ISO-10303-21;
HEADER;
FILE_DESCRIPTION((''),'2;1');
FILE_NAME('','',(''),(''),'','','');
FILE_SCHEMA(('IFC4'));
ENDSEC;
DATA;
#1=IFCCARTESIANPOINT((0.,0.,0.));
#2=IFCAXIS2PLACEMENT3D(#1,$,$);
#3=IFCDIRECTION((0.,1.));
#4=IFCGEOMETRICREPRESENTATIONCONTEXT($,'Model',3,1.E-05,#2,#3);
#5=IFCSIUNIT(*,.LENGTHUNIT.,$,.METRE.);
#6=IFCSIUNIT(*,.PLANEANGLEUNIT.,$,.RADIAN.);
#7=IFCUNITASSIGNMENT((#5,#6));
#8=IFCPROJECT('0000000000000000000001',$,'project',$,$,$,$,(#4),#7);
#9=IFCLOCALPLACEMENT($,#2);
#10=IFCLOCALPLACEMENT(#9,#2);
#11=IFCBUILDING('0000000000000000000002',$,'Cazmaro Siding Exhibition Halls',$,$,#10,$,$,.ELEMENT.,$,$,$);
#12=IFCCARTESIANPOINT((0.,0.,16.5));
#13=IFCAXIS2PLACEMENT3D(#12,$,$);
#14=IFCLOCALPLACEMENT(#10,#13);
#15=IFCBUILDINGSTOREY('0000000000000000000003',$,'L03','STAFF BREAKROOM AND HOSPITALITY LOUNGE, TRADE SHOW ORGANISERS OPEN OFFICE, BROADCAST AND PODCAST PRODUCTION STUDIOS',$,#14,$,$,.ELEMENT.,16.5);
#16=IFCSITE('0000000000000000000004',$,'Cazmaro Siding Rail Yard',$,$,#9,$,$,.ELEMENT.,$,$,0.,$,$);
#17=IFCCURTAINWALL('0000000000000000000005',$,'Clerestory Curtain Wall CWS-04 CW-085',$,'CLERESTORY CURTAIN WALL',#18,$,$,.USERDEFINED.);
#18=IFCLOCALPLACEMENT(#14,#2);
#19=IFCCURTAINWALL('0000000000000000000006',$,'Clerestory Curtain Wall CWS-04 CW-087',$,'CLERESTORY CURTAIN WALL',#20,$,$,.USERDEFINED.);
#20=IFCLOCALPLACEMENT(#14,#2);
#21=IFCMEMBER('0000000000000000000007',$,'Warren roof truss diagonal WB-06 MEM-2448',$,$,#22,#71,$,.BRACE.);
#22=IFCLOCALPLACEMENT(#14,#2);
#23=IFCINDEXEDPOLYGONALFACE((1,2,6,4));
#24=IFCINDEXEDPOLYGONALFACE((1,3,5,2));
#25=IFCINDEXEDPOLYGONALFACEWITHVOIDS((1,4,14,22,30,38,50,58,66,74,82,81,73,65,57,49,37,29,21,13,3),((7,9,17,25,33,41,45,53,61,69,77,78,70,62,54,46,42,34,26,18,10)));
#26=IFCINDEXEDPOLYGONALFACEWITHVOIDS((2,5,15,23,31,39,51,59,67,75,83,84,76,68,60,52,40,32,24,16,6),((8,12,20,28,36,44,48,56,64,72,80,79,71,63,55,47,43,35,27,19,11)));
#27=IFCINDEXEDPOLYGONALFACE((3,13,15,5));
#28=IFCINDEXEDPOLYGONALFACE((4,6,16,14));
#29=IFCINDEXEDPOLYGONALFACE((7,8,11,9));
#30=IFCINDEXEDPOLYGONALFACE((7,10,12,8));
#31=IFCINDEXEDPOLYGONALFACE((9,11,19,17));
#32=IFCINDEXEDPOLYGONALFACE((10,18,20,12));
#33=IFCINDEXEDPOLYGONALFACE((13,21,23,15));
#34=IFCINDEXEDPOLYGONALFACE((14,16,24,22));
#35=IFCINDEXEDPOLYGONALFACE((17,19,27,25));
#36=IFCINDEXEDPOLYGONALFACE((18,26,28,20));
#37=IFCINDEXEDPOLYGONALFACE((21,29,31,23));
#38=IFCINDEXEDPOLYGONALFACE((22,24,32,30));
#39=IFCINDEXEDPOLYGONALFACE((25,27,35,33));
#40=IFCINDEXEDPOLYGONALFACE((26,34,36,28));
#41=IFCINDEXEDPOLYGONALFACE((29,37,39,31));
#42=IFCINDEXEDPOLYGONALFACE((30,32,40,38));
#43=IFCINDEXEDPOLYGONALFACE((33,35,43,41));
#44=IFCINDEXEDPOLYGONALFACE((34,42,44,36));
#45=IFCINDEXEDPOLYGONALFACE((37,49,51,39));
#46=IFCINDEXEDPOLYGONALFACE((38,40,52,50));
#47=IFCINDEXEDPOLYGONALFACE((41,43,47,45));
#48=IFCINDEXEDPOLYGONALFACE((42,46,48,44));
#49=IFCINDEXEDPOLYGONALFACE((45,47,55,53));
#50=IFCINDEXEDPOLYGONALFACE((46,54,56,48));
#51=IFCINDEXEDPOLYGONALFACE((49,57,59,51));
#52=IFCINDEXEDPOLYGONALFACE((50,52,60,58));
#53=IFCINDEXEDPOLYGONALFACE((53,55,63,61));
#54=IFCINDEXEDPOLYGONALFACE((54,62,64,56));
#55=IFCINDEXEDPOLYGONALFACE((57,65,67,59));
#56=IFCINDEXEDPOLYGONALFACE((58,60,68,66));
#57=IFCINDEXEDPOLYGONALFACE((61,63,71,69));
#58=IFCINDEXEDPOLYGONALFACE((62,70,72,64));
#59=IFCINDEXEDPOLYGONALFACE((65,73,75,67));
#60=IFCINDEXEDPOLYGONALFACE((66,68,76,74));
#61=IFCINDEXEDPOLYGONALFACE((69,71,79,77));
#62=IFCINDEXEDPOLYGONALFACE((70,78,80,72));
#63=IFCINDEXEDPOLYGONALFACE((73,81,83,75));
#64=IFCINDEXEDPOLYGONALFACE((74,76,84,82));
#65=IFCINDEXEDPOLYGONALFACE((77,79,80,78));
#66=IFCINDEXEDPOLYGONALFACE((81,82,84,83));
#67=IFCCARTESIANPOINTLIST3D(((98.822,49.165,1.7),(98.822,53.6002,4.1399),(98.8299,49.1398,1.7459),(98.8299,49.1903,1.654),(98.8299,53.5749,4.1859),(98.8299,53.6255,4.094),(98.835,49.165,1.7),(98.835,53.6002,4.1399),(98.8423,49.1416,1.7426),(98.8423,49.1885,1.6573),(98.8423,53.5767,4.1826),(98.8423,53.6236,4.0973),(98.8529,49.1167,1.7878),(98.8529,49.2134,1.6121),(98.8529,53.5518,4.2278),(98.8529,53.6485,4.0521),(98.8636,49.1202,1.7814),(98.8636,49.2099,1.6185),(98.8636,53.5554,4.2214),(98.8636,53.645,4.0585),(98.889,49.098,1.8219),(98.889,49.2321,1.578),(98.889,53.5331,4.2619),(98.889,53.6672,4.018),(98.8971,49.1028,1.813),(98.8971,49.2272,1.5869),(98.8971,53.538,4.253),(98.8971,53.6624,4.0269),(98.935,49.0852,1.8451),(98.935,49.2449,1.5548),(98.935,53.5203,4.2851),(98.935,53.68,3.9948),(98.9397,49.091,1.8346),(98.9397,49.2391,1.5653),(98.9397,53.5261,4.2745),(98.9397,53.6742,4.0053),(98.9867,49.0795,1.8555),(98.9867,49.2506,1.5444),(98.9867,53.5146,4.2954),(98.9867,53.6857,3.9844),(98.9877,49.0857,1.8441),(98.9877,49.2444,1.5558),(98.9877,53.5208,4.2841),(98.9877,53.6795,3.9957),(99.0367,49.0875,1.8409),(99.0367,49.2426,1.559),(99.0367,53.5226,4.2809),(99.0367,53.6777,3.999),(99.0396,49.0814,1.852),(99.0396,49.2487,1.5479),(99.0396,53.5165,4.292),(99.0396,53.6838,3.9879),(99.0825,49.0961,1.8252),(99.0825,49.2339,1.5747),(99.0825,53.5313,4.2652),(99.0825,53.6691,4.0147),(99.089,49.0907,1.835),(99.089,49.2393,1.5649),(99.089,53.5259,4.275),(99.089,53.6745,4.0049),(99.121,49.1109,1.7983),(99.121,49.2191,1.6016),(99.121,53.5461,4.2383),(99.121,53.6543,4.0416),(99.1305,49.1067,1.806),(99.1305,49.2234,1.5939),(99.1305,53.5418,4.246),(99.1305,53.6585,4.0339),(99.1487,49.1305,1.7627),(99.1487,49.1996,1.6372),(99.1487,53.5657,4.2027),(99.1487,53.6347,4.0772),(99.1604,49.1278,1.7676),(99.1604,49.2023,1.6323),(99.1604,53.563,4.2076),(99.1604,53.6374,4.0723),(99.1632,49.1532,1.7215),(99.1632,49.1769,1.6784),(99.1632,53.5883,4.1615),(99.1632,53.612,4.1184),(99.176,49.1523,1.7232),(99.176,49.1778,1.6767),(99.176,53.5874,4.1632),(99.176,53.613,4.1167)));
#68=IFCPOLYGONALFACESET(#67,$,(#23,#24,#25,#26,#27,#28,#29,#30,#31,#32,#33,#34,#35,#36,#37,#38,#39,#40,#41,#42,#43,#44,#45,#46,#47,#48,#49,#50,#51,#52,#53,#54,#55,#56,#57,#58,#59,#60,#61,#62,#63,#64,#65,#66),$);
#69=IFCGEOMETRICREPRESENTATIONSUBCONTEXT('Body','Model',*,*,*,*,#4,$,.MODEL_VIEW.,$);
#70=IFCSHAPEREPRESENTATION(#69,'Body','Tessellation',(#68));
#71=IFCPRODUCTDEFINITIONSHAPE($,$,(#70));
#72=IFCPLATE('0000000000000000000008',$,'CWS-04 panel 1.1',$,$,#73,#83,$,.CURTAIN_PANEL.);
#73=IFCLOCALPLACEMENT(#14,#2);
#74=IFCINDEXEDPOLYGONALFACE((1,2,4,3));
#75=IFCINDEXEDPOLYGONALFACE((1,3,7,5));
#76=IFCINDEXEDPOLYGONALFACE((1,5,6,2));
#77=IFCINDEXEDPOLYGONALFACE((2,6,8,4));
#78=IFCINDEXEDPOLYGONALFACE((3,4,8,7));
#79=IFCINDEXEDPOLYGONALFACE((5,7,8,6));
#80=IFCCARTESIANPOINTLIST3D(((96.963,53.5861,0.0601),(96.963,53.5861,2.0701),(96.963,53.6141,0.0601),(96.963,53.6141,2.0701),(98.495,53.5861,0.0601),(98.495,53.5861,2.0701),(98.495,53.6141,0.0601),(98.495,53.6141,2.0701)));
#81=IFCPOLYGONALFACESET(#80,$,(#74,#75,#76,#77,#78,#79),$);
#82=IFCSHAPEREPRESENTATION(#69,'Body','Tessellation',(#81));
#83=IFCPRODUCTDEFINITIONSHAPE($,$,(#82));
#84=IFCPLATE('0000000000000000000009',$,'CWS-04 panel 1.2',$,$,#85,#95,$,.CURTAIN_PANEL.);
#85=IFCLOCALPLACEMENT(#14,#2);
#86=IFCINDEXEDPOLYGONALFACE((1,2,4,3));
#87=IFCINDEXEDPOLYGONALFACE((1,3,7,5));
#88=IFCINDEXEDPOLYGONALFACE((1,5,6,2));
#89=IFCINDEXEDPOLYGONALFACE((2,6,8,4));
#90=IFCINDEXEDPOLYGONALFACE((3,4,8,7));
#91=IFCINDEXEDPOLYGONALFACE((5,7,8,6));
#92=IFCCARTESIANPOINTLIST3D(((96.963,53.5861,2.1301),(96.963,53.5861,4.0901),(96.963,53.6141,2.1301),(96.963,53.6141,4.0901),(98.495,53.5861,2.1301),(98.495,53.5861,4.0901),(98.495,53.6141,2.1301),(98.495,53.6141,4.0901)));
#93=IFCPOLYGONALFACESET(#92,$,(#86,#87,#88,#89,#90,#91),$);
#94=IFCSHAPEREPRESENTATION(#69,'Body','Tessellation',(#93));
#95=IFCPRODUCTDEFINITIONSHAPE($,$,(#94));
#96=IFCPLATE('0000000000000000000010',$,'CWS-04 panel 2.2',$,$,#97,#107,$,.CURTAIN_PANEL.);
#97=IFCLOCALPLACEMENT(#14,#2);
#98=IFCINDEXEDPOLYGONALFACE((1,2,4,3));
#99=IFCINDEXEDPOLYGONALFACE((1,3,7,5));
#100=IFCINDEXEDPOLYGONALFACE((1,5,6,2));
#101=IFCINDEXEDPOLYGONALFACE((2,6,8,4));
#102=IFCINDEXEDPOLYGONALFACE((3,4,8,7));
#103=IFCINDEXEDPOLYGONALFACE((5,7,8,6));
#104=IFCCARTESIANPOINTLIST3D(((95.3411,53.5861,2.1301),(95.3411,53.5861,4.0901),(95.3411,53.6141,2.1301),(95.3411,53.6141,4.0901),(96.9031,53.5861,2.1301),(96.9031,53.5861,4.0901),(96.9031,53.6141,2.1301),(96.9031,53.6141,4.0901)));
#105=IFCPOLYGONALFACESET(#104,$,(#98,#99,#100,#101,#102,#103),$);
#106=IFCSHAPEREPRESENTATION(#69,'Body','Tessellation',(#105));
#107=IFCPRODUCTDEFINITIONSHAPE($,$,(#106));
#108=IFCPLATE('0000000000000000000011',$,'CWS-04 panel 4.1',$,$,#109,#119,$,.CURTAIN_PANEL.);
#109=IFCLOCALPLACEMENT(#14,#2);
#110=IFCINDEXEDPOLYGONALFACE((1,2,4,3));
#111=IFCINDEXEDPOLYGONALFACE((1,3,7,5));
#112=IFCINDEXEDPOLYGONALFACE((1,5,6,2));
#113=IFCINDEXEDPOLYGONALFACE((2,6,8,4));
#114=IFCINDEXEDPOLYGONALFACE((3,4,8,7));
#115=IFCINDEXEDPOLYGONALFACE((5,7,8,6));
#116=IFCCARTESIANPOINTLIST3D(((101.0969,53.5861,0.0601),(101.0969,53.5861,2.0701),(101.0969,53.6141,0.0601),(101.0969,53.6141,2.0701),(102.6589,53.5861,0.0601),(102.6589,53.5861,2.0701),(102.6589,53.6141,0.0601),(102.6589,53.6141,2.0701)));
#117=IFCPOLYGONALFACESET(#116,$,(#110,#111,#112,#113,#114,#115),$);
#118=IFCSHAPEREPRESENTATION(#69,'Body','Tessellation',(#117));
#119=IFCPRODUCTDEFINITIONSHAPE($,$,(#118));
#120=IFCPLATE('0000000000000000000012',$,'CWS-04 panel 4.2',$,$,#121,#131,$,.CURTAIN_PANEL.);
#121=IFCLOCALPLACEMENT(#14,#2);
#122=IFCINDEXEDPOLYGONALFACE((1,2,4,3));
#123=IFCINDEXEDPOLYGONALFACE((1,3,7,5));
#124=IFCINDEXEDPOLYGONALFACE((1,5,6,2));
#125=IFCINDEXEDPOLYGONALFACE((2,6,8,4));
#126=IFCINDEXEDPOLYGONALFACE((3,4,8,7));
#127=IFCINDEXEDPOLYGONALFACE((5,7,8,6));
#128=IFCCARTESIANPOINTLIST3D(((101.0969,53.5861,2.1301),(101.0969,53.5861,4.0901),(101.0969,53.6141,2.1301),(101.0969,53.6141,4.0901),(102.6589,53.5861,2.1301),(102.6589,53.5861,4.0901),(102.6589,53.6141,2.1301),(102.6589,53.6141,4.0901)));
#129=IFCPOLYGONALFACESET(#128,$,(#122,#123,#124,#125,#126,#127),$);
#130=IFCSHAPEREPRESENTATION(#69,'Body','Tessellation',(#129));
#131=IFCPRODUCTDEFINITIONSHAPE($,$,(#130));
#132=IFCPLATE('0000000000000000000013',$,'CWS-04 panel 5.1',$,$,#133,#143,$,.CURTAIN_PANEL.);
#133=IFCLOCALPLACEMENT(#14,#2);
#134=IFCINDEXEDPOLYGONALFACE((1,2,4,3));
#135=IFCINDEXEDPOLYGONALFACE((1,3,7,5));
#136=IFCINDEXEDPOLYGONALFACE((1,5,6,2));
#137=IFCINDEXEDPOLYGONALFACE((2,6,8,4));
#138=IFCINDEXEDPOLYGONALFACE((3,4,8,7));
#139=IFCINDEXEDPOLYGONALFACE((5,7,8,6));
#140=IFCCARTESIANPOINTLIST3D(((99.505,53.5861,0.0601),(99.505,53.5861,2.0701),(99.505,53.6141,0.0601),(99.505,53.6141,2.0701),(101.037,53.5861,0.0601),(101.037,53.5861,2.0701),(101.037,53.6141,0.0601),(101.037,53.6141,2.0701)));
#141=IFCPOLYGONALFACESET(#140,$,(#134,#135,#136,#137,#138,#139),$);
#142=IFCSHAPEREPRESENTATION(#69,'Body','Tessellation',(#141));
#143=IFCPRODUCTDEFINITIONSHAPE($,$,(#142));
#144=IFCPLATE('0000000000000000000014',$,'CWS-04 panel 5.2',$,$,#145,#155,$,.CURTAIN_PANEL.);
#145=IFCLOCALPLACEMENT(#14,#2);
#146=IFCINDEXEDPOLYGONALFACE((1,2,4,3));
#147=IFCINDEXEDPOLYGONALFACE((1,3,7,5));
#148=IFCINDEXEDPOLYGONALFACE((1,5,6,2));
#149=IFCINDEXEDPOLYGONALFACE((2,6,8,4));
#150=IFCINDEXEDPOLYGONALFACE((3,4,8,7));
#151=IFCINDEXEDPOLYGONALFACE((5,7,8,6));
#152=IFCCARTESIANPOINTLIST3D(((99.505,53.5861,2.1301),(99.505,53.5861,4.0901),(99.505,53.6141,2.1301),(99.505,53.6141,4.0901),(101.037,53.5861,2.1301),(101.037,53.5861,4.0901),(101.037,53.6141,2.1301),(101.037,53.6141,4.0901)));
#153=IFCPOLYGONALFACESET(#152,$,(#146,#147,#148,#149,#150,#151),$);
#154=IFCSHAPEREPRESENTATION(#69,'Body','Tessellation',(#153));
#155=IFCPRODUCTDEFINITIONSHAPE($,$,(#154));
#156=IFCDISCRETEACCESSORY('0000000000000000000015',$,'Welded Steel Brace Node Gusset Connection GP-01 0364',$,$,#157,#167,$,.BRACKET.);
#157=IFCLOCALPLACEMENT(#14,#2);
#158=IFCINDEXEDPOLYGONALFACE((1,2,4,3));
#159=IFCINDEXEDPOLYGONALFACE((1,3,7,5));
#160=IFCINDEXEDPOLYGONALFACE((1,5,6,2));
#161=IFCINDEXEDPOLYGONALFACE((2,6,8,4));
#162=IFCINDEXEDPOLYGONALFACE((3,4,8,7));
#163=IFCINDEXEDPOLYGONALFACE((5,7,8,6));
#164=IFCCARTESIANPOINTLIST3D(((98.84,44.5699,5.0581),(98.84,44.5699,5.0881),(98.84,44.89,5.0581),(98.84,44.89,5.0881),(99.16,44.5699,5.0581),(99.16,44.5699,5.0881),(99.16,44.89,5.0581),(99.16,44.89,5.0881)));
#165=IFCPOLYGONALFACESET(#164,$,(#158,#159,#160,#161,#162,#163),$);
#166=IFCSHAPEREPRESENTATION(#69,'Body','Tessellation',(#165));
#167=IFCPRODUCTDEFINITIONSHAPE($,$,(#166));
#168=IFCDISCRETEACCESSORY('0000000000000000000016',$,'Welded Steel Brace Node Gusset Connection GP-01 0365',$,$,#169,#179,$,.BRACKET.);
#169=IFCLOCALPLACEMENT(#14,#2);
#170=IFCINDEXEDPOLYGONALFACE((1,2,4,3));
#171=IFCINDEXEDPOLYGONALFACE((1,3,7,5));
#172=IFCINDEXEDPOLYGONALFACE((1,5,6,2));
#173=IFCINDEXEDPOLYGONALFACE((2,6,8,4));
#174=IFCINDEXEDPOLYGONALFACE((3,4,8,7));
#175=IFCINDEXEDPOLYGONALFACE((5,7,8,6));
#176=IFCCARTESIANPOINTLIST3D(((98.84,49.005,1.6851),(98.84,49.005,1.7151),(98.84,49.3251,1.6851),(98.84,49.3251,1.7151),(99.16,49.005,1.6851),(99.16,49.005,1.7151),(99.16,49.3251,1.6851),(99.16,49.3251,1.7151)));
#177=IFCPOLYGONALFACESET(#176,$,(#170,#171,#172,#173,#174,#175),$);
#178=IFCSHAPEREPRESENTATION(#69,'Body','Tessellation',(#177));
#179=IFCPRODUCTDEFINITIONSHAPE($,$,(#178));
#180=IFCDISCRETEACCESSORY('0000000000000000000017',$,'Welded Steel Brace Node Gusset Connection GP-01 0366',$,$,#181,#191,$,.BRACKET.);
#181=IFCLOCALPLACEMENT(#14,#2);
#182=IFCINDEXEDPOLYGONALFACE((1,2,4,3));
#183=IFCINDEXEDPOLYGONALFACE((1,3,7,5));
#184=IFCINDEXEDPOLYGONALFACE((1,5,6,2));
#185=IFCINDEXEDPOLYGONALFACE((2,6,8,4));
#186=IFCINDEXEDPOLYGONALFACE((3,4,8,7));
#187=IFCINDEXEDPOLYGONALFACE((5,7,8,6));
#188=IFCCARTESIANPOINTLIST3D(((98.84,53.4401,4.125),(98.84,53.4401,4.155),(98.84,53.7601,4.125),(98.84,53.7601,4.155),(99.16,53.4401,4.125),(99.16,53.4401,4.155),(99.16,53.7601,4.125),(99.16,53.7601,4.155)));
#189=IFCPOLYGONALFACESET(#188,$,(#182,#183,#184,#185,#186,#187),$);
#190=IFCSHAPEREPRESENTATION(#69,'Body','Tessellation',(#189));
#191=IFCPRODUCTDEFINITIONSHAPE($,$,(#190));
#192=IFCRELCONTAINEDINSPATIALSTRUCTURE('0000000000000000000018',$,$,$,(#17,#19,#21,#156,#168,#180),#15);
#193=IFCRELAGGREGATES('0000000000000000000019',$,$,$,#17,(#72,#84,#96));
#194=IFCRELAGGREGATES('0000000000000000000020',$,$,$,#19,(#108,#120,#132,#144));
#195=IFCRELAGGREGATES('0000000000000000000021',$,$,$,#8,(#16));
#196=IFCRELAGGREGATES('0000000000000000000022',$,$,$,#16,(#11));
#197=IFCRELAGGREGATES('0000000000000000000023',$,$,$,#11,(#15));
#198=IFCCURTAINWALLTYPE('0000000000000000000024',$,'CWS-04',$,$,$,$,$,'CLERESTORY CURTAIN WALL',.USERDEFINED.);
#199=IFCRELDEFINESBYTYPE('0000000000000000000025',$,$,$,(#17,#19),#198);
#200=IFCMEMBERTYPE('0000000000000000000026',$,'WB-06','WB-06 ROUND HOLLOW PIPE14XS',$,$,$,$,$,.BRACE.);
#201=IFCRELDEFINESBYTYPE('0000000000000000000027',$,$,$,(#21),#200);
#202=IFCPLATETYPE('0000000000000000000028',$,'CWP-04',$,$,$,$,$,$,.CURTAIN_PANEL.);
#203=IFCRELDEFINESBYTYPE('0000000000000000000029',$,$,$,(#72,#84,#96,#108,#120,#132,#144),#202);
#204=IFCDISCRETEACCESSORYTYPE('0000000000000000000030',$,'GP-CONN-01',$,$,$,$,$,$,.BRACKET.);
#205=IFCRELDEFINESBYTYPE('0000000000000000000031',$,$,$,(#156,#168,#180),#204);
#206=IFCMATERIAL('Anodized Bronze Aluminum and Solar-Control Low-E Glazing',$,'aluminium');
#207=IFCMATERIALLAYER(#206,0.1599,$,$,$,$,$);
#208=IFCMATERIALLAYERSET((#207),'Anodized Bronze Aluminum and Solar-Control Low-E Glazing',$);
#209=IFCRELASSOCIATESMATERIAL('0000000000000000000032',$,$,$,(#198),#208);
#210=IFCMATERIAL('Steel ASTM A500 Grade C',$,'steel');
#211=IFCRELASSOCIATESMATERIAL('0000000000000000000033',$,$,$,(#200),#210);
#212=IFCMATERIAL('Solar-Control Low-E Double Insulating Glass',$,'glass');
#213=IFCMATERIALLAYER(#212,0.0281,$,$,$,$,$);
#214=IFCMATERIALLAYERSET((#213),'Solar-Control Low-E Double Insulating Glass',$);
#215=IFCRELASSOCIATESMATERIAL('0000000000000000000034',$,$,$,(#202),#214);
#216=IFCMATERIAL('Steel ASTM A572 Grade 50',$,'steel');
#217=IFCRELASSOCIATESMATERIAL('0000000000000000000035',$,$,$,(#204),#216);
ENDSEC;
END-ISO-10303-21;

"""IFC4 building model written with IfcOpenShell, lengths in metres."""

from ifc_helpers import new_model, si_unit, direction, frame, origin, origin_2d, place, context, subcontext, project, spatial, rectangle, hollow_circle, extrude, material, layer, layer_set, material_profile, profile_set, type_object, element, aggregate, save


model = new_model("IFC4")

# Units and contexts
model_context = context("Model", 3, precision=1e-05, world=origin(), true_north=direction((0.0, 1.0)))
body_context = subcontext(model_context, "Body", "Model", "MODEL_VIEW")
ifc_project = project(units=[si_unit("LENGTHUNIT", "METRE"), si_unit("PLANEANGLEUNIT", "RADIAN")], contexts=[model_context])

# Site, building, storey
site_placement = place(None, origin())
site = spatial("IfcSite", under=ifc_project, at=site_placement, Name="Cazmaro Siding Rail Yard", CompositionType="ELEMENT", RefElevation=0.0)
building_placement = place(site_placement, origin())
building = spatial("IfcBuilding", under=site, at=building_placement, Name="Cazmaro Siding Exhibition Halls", CompositionType="ELEMENT")
storey_placement = place(building_placement, frame((0.0, 0.0, 16.5)))
storey = spatial("IfcBuildingStorey", under=building, at=storey_placement, Name="L03", Description="STAFF BREAKROOM AND HOSPITALITY LOUNGE, TRADE SHOW ORGANISERS OPEN OFFICE, BROADCAST AND PODCAST PRODUCTION STUDIOS", CompositionType="ELEMENT", Elevation=16.5)

# Curtain walls
ifc_material_1 = material(Name="Anodized Bronze Aluminum and Solar-Control Low-E Glazing", Category="aluminium")
ifc_layer_1 = layer(ifc_material_1, 0.1599)
ifc_layer_set_1 = layer_set([ifc_layer_1], Name="Anodized Bronze Aluminum and Solar-Control Low-E Glazing")
curtain_wall_type = type_object("IfcCurtainWallType", Name="CWS-04", ElementType="CLERESTORY CURTAIN WALL", PredefinedType="USERDEFINED", material=ifc_layer_set_1)
curtain_wall_1_placement = place(storey_placement, origin())
curtain_wall_1 = element("IfcCurtainWall", 1, at=curtain_wall_1_placement, inside=storey, type_object=curtain_wall_type, Name="Clerestory Curtain Wall CWS-04 CW-085", ObjectType="CLERESTORY CURTAIN WALL", PredefinedType="USERDEFINED")
curtain_wall_2_placement = place(storey_placement, origin())
curtain_wall_2 = element("IfcCurtainWall", 2, at=curtain_wall_2_placement, inside=storey, type_object=curtain_wall_type, Name="Clerestory Curtain Wall CWS-04 CW-087", ObjectType="CLERESTORY CURTAIN WALL", PredefinedType="USERDEFINED")

# Member
ifc_material_2 = material(Name="Steel ASTM A500 Grade C", Category="steel")
ifc_material_profile_1 = material_profile(ifc_material_2, hollow_circle(Radius=0.178, WallThickness=0.0129, at=origin_2d()), Name="PIPE14XS")
ifc_profile_set_1 = profile_set([ifc_material_profile_1], Name="Steel ASTM A500 Grade C")
member_type_1 = type_object("IfcMemberType", Name="WB-06", Description="WB-06 ROUND HOLLOW PIPE14XS", PredefinedType="BRACE", material=ifc_profile_set_1)
member_1_placement = place(storey_placement, frame((99.0, 49.165, 1.7), z_axis=(0.0, 0.876161, 0.482019), x_axis=(-1.0, 0.0, 0.0)))
element("IfcMember", 3, at=member_1_placement, inside=storey, type_object=member_type_1, Name="Warren roof truss diagonal WB-06 MEM-2448", PredefinedType="BRACE", context=body_context, shape_type="SweptSolid", body=[
    extrude(hollow_circle(Radius=0.178, WallThickness=0.0129, at=origin_2d()), origin(), (0.0, 0.0, 1.0), 5.062),
])

# Plates
ifc_material_3 = material(Name="Solar-Control Low-E Double Insulating Glass", Category="glass")
ifc_layer_2 = layer(ifc_material_3, 0.0281)
ifc_layer_set_2 = layer_set([ifc_layer_2], Name="Solar-Control Low-E Double Insulating Glass")
plate_type = type_object("IfcPlateType", Name="CWP-04", PredefinedType="CURTAIN_PANEL", material=ifc_layer_set_2)
plate_1_placement = place(storey_placement, frame((97.729, 53.6001, 0.0601), z_axis=(0.0, 0.0, 1.0), x_axis=(-1.0, 0.0, 0.0)))
plate_1 = element("IfcPlate", 4, at=plate_1_placement, type_object=plate_type, Name="CWS-04 panel 1.1", PredefinedType="CURTAIN_PANEL", context=body_context, shape_type="SweptSolid", body=[
    extrude(rectangle(XDim=1.532, YDim=0.0281, at=origin_2d()), origin(), (0.0, 0.0, 1.0), 2.01),
])
plate_2_placement = place(storey_placement, frame((97.729, 53.6001, 2.1301), z_axis=(0.0, 0.0, 1.0), x_axis=(-1.0, 0.0, 0.0)))
plate_2 = element("IfcPlate", 5, at=plate_2_placement, type_object=plate_type, Name="CWS-04 panel 1.2", PredefinedType="CURTAIN_PANEL", context=body_context, shape_type="SweptSolid", body=[
    extrude(rectangle(XDim=1.532, YDim=0.0281, at=origin_2d()), origin(), (0.0, 0.0, 1.0), 1.96),
])
plate_3_placement = place(storey_placement, frame((96.1221, 53.6001, 2.1301), z_axis=(0.0, 0.0, 1.0), x_axis=(-1.0, 0.0, 0.0)))
plate_3 = element("IfcPlate", 6, at=plate_3_placement, type_object=plate_type, Name="CWS-04 panel 2.2", PredefinedType="CURTAIN_PANEL", context=body_context, shape_type="SweptSolid", body=[
    extrude(rectangle(XDim=1.562, YDim=0.0281, at=origin_2d()), origin(), (0.0, 0.0, 1.0), 1.96),
])
aggregate(curtain_wall_1, [plate_1, plate_2, plate_3])
plate_4_placement = place(storey_placement, frame((101.8779, 53.6001, 0.0601), z_axis=(0.0, 0.0, 1.0), x_axis=(-1.0, 0.0, 0.0)))
plate_4 = element("IfcPlate", 7, at=plate_4_placement, type_object=plate_type, Name="CWS-04 panel 4.1", PredefinedType="CURTAIN_PANEL", context=body_context, shape_type="SweptSolid", body=[
    extrude(rectangle(XDim=1.562, YDim=0.0281, at=origin_2d()), origin(), (0.0, 0.0, 1.0), 2.01),
])
plate_5_placement = place(storey_placement, frame((101.8779, 53.6001, 2.1301), z_axis=(0.0, 0.0, 1.0), x_axis=(-1.0, 0.0, 0.0)))
plate_5 = element("IfcPlate", 8, at=plate_5_placement, type_object=plate_type, Name="CWS-04 panel 4.2", PredefinedType="CURTAIN_PANEL", context=body_context, shape_type="SweptSolid", body=[
    extrude(rectangle(XDim=1.562, YDim=0.0281, at=origin_2d()), origin(), (0.0, 0.0, 1.0), 1.96),
])
plate_6_placement = place(storey_placement, frame((100.271, 53.6001, 0.0601), z_axis=(0.0, 0.0, 1.0), x_axis=(-1.0, 0.0, 0.0)))
plate_6 = element("IfcPlate", 9, at=plate_6_placement, type_object=plate_type, Name="CWS-04 panel 5.1", PredefinedType="CURTAIN_PANEL", context=body_context, shape_type="SweptSolid", body=[
    extrude(rectangle(XDim=1.532, YDim=0.0281, at=origin_2d()), origin(), (0.0, 0.0, 1.0), 2.01),
])
plate_7_placement = place(storey_placement, frame((100.271, 53.6001, 2.1301), z_axis=(0.0, 0.0, 1.0), x_axis=(-1.0, 0.0, 0.0)))
plate_7 = element("IfcPlate", 10, at=plate_7_placement, type_object=plate_type, Name="CWS-04 panel 5.2", PredefinedType="CURTAIN_PANEL", context=body_context, shape_type="SweptSolid", body=[
    extrude(rectangle(XDim=1.532, YDim=0.0281, at=origin_2d()), origin(), (0.0, 0.0, 1.0), 1.96),
])
aggregate(curtain_wall_2, [plate_4, plate_5, plate_6, plate_7])

# Discrete accessories
ifc_material_4 = material(Name="Steel ASTM A572 Grade 50", Category="steel")
discrete_accessory_type = type_object("IfcDiscreteAccessoryType", Name="GP-CONN-01", PredefinedType="BRACKET", material=ifc_material_4)
for number, where, z_axis, x_axis, name in (
    (11, (99.0, 44.73, 5.0581), (0.0, 0.0, 1.0), (1.0, 0.0, 0.0), "Welded Steel Brace Node Gusset Connection GP-01 0364"),
    (12, (99.0, 49.165, 1.6851), (0.0, 0.0, 1.0), (1.0, 0.0, 0.0), "Welded Steel Brace Node Gusset Connection GP-01 0365"),
    (13, (99.0, 53.6001, 4.125), (0.0, 0.0, 1.0), (1.0, 0.0, 0.0), "Welded Steel Brace Node Gusset Connection GP-01 0366"),
):
    element("IfcDiscreteAccessory", number, at=place(storey_placement, frame(where, z_axis=z_axis, x_axis=x_axis)), inside=storey, type_object=discrete_accessory_type, Name=name, PredefinedType="BRACKET", context=body_context, shape_type="SweptSolid", body=[
        extrude(rectangle(XDim=0.3201, YDim=0.3201, at=origin_2d()), origin(), (0.0, 0.0, 1.0), 0.03),
    ])

save(model, "model.ifc")
